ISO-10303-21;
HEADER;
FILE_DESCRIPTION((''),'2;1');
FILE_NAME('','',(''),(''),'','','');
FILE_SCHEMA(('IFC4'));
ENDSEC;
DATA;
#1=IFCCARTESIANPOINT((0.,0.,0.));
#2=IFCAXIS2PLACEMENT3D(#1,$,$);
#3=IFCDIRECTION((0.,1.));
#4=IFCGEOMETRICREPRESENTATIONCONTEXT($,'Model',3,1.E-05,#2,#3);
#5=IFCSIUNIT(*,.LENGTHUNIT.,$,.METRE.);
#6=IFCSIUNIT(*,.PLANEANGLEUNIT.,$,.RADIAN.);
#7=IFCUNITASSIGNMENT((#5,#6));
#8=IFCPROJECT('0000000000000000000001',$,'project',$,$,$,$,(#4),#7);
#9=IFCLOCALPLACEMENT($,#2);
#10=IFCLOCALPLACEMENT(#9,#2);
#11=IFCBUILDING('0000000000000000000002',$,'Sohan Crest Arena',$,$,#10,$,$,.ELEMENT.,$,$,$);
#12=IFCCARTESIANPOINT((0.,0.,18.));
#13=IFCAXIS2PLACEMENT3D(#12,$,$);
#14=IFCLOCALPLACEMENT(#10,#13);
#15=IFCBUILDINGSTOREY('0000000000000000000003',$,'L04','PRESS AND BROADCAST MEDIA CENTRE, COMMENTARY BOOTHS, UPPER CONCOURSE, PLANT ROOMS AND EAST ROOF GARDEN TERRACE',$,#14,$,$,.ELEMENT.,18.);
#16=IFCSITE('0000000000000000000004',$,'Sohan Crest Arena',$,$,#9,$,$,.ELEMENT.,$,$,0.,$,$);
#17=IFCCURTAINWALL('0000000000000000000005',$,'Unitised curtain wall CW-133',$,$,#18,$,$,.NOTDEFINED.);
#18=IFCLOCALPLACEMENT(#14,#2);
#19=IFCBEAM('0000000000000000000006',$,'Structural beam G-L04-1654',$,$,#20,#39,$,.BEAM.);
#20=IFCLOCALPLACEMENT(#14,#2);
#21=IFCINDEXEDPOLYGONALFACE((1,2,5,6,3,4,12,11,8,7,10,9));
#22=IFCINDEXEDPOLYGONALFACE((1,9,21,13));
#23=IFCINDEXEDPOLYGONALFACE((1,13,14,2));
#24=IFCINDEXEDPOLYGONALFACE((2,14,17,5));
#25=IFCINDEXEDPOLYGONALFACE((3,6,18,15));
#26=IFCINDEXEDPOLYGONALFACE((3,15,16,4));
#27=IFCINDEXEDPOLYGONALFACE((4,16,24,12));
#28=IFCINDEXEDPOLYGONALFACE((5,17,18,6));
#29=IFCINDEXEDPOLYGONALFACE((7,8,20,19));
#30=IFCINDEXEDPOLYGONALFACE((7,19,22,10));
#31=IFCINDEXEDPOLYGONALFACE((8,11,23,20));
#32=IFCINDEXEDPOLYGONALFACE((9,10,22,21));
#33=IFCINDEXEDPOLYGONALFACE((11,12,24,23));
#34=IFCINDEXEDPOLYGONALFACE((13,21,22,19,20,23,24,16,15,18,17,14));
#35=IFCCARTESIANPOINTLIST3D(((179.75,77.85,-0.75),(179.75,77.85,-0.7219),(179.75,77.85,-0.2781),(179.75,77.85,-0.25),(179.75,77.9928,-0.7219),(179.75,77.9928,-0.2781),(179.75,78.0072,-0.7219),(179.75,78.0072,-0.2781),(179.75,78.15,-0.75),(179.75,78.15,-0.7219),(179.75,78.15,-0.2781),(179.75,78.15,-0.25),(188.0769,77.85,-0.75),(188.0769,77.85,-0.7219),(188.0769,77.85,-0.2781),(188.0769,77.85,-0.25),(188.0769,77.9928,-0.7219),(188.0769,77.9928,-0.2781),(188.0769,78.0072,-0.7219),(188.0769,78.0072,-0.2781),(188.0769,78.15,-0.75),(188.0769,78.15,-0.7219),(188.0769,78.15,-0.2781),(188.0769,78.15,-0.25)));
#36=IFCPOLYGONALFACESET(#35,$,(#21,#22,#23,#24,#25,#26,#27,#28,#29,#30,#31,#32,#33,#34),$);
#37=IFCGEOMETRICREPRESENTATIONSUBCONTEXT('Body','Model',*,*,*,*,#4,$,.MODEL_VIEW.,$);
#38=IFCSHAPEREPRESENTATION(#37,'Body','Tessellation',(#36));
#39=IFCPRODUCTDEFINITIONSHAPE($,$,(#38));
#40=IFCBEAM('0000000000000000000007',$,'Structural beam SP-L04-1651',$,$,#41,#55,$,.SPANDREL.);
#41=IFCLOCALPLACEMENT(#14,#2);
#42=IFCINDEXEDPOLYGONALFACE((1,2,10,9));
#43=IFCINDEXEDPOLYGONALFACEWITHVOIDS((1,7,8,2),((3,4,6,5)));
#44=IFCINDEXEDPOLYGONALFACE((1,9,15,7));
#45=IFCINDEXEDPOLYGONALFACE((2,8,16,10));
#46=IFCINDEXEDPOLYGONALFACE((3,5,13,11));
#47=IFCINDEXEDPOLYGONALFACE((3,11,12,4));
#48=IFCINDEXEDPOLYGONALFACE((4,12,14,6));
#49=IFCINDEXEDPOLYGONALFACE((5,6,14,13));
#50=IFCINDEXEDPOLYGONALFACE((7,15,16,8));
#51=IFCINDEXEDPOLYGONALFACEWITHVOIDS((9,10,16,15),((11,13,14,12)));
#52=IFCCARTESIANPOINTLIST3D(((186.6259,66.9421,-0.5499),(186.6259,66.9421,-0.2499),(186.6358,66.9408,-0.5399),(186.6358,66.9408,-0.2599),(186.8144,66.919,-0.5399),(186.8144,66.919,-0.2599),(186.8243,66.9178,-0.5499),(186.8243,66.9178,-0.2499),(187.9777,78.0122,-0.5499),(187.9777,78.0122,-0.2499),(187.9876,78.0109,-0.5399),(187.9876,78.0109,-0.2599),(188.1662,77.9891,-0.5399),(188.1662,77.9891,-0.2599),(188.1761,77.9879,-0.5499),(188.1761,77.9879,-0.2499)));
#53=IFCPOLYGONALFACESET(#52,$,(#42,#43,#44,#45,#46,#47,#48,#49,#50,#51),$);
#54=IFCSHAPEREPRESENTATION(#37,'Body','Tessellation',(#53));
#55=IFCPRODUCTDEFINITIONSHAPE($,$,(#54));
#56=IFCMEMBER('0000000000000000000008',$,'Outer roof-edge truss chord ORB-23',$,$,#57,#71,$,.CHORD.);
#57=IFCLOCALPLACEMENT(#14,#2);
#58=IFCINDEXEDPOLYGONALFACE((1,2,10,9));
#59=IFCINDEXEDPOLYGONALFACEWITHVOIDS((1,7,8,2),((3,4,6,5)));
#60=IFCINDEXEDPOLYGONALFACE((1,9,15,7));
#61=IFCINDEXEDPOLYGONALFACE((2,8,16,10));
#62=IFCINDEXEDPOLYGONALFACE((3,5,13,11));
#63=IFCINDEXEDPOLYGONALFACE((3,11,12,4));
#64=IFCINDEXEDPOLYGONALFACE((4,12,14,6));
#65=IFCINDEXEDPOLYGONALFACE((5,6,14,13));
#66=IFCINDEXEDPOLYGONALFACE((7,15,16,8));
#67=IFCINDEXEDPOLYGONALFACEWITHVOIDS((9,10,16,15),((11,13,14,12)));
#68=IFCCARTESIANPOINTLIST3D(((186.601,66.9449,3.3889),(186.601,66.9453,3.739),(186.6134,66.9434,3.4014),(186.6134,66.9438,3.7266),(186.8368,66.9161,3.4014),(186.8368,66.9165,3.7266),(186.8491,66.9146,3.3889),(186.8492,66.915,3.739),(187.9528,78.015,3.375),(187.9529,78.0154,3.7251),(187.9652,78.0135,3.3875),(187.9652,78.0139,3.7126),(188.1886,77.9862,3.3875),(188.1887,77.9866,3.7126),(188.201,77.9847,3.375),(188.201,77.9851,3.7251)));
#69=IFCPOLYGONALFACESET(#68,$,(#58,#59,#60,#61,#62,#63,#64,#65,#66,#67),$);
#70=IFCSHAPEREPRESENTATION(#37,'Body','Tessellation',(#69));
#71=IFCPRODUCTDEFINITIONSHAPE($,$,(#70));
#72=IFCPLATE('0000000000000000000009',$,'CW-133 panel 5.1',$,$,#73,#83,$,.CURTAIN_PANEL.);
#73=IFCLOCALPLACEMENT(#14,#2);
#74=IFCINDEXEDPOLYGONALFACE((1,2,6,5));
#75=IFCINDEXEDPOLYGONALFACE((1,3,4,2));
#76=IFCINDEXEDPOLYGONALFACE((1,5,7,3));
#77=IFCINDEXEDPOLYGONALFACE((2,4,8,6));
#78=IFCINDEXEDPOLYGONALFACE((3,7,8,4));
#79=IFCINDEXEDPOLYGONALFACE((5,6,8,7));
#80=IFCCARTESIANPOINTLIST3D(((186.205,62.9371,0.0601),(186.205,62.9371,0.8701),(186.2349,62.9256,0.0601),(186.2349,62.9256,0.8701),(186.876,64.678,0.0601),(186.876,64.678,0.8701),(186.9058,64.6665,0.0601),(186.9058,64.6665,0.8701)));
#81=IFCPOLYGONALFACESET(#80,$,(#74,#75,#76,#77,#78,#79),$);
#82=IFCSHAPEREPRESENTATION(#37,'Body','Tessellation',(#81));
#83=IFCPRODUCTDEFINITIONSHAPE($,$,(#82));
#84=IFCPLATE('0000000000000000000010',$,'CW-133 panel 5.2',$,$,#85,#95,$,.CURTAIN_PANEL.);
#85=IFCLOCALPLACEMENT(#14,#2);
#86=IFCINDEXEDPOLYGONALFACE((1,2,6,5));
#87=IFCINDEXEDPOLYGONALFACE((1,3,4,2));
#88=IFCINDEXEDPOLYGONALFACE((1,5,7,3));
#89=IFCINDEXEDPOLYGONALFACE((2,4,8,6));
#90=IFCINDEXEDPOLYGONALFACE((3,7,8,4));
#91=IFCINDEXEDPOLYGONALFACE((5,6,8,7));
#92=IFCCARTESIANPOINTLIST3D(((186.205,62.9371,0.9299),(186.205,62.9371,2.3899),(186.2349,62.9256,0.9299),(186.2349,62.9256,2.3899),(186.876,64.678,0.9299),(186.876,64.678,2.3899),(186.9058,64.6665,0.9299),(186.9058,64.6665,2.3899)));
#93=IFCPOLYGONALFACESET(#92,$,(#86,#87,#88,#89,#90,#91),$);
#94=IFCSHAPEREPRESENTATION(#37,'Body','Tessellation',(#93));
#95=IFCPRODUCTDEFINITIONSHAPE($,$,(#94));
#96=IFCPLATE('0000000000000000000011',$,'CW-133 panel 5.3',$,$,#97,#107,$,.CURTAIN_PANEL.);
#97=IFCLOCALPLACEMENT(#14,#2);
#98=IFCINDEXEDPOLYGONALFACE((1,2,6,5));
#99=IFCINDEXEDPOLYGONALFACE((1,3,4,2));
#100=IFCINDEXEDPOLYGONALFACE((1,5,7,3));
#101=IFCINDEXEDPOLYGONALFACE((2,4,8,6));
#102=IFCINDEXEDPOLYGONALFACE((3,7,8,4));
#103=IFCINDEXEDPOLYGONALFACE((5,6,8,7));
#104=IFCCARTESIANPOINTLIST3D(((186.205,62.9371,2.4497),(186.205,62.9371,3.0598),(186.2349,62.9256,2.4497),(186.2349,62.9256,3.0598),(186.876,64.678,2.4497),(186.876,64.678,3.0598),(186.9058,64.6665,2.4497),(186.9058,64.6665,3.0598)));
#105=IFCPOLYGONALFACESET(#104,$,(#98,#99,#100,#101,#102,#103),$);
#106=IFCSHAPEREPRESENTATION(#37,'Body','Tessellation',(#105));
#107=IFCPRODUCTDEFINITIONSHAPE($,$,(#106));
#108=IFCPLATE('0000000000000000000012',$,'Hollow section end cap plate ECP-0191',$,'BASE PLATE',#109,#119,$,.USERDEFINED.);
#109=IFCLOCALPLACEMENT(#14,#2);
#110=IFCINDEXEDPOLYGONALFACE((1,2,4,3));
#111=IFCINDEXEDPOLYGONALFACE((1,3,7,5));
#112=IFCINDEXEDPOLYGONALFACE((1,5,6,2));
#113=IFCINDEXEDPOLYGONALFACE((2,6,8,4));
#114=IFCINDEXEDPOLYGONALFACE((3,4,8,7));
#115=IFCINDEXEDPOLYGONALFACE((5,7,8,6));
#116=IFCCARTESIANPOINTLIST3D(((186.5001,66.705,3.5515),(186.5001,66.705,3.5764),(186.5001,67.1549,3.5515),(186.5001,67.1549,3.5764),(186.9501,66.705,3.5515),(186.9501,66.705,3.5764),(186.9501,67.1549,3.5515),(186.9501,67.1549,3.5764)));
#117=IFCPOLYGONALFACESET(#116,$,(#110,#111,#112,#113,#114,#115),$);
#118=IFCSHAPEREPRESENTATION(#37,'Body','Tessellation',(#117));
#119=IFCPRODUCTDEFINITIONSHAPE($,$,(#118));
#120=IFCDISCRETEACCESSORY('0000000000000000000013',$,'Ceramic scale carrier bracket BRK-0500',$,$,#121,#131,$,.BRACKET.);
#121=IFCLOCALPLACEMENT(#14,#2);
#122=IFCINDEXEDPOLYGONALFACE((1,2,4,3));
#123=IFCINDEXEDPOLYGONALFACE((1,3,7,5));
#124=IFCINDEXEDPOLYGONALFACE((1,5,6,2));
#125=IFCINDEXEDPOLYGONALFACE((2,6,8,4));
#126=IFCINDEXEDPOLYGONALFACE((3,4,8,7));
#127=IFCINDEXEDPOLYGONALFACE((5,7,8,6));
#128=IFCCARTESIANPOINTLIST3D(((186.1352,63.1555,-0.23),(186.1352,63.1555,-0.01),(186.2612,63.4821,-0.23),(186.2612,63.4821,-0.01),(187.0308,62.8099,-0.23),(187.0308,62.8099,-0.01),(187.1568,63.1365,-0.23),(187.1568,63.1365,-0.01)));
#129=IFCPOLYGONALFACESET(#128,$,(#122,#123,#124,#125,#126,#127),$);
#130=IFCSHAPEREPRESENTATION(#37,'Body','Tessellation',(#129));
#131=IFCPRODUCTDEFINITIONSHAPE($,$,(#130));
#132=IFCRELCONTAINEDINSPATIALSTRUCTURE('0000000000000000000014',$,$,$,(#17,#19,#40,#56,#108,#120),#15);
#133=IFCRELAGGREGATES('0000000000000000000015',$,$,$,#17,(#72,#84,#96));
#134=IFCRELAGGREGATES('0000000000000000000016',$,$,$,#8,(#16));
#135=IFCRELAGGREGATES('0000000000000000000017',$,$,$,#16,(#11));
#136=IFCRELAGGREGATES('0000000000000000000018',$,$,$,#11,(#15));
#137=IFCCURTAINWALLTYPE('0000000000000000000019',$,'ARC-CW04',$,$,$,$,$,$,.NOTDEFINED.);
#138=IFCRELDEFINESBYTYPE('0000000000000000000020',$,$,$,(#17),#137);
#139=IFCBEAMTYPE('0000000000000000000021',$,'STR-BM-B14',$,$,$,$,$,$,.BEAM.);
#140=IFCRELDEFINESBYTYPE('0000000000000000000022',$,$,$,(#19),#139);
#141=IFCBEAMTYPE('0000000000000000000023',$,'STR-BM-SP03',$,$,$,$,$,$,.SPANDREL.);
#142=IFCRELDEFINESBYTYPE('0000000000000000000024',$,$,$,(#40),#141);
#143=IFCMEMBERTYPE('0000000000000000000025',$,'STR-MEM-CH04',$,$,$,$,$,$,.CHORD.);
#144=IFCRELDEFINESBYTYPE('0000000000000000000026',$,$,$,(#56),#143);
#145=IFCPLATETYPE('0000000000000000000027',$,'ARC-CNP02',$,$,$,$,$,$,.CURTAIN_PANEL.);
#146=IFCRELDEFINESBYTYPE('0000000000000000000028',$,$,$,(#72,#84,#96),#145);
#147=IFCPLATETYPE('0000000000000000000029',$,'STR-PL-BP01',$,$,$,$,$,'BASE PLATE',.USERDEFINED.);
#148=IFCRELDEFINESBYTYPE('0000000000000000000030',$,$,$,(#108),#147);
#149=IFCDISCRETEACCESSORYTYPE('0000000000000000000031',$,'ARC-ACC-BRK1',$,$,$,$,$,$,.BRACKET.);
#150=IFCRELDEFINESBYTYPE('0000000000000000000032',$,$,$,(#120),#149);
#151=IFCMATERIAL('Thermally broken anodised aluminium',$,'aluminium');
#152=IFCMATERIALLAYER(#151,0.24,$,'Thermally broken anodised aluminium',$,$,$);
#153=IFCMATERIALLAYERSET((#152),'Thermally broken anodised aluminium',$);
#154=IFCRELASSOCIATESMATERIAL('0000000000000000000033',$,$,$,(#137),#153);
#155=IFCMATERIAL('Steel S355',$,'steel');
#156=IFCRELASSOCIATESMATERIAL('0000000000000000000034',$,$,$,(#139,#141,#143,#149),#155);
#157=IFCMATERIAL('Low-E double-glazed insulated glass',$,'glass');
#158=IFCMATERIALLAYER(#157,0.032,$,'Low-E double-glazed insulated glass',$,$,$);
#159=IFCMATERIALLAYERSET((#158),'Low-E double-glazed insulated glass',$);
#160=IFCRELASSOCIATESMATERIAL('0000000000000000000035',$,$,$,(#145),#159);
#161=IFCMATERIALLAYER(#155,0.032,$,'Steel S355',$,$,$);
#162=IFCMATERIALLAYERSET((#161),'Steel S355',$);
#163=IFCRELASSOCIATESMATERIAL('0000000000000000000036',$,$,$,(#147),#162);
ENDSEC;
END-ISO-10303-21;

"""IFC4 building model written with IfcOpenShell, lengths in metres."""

from ifc_helpers import new_model, si_unit, direction, frame, origin, origin_2d, place, context, subcontext, project, spatial, rectangle, hollow_rectangle, i_section, extrude, material, layer, layer_set, material_profile, profile_set, type_object, element, aggregate, save


model = new_model("IFC4")

# Units and contexts
model_context = context("Model", 3, precision=1e-05, world=origin(), true_north=direction((0.0, 1.0)))
body_context = subcontext(model_context, "Body", "Model", "MODEL_VIEW")
ifc_project = project(units=[si_unit("LENGTHUNIT", "METRE"), si_unit("PLANEANGLEUNIT", "RADIAN")], contexts=[model_context])

# Site, building, storey
site_placement = place(None, origin())
site = spatial("IfcSite", under=ifc_project, at=site_placement, Name="Sohan Crest Arena", CompositionType="ELEMENT", RefElevation=0.0)
building_placement = place(site_placement, origin())
building = spatial("IfcBuilding", under=site, at=building_placement, Name="Sohan Crest Arena", CompositionType="ELEMENT")
storey_placement = place(building_placement, frame((0.0, 0.0, 18.0)))
storey = spatial("IfcBuildingStorey", under=building, at=storey_placement, Name="L04", Description="PRESS AND BROADCAST MEDIA CENTRE, COMMENTARY BOOTHS, UPPER CONCOURSE, PLANT ROOMS AND EAST ROOF GARDEN TERRACE", CompositionType="ELEMENT", Elevation=18.0)

# Shared definitions
ifc_material_1 = material(Name="Steel S355", Category="steel")

# Curtain wall
ifc_material_2 = material(Name="Thermally broken anodised aluminium", Category="aluminium")
ifc_layer_1 = layer(ifc_material_2, 0.24, Name="Thermally broken anodised aluminium")
ifc_layer_set_1 = layer_set([ifc_layer_1], Name="Thermally broken anodised aluminium")
curtain_wall_type = type_object("IfcCurtainWallType", Name="ARC-CW04", PredefinedType="NOTDEFINED", material=ifc_layer_set_1)
curtain_wall_placement = place(storey_placement, origin())
curtain_wall = element("IfcCurtainWall", 1, at=curtain_wall_placement, inside=storey, type_object=curtain_wall_type, Name="Unitised curtain wall CW-133", PredefinedType="NOTDEFINED")

# Beams
ifc_material_profile_1 = material_profile(ifc_material_1, i_section(OverallWidth=0.3, OverallDepth=0.5, WebThickness=0.0144, FlangeThickness=0.0281, at=origin_2d()), Name="HEB 500")
ifc_profile_set_1 = profile_set([ifc_material_profile_1], Name="Steel S355")
beam_type_1 = type_object("IfcBeamType", Name="STR-BM-B14", PredefinedType="BEAM", material=ifc_profile_set_1)
beam_1_placement = place(storey_placement, frame((179.75, 78.0, -0.5), z_axis=(1.0, 0.0, 0.0), x_axis=(0.0, 1.0, 0.0)))
element("IfcBeam", 2, at=beam_1_placement, inside=storey, type_object=beam_type_1, Name="Structural beam G-L04-1654", PredefinedType="BEAM", context=body_context, shape_type="SweptSolid", body=[
    extrude(i_section(OverallWidth=0.3, OverallDepth=0.5, WebThickness=0.0144, FlangeThickness=0.0281, at=origin_2d()), origin(), (0.0, 0.0, 1.0), 8.3269),
])
ifc_material_profile_2 = material_profile(ifc_material_1, hollow_rectangle(XDim=0.2, YDim=0.3, WallThickness=0.01, at=origin_2d()), Name="RHS 300x200x10")
ifc_profile_set_2 = profile_set([ifc_material_profile_2], Name="Steel S355")
beam_type_2 = type_object("IfcBeamType", Name="STR-BM-SP03", PredefinedType="SPANDREL", material=ifc_profile_set_2)
beam_2_placement = place(storey_placement, frame((186.7251, 66.9299, -0.3999), z_axis=(0.121213, 0.992626, 0.0), x_axis=(-0.992626, 0.121213, 0.0)))
element("IfcBeam", 3, at=beam_2_placement, inside=storey, type_object=beam_type_2, Name="Structural beam SP-L04-1651", PredefinedType="SPANDREL", context=body_context, shape_type="SweptSolid", body=[
    extrude(hollow_rectangle(XDim=0.2, YDim=0.3, WallThickness=0.01, at=origin_2d()), origin(), (0.0, 0.0, 1.0), 11.1523),
])

# Member
ifc_material_profile_3 = material_profile(ifc_material_1, hollow_rectangle(XDim=0.25, YDim=0.3501, WallThickness=0.0125, at=origin_2d()), Name="RHS 350x250x12.5")
ifc_profile_set_3 = profile_set([ifc_material_profile_3], Name="Steel S355")
member_type_1 = type_object("IfcMemberType", Name="STR-MEM-CH04", PredefinedType="CHORD", material=ifc_profile_set_3)
member_1_placement = place(storey_placement, frame((186.7251, 66.9299, 3.564), z_axis=(0.121213, 0.992626, -0.001248), x_axis=(-0.992626, 0.121213, 0.0)))
element("IfcMember", 4, at=member_1_placement, inside=storey, type_object=member_type_1, Name="Outer roof-edge truss chord ORB-23", PredefinedType="CHORD", context=body_context, shape_type="SweptSolid", body=[
    extrude(hollow_rectangle(XDim=0.25, YDim=0.3501, WallThickness=0.0125, at=origin_2d()), origin(), (0.0, 0.0, 1.0), 11.1523),
])

# Plates
ifc_material_3 = material(Name="Low-E double-glazed insulated glass", Category="glass")
ifc_layer_2 = layer(ifc_material_3, 0.032, Name="Low-E double-glazed insulated glass")
ifc_layer_set_2 = layer_set([ifc_layer_2], Name="Low-E double-glazed insulated glass")
plate_type_1 = type_object("IfcPlateType", Name="ARC-CNP02", PredefinedType="CURTAIN_PANEL", material=ifc_layer_set_2)
plate_1_placement = place(storey_placement, frame((186.5554, 63.8018, 0.0601), z_axis=(0.0, 0.0, 1.0), x_axis=(0.359633, 0.933094, 0.0)))
plate_1 = element("IfcPlate", 5, at=plate_1_placement, type_object=plate_type_1, Name="CW-133 panel 5.1", PredefinedType="CURTAIN_PANEL", context=body_context, shape_type="SweptSolid", body=[
    extrude(rectangle(XDim=1.8657, YDim=0.032, at=origin_2d()), origin(), (0.0, 0.0, 1.0), 0.8101),
])
plate_2_placement = place(storey_placement, frame((186.5554, 63.8018, 0.9299), z_axis=(0.0, 0.0, 1.0), x_axis=(0.359633, 0.933094, 0.0)))
plate_2 = element("IfcPlate", 6, at=plate_2_placement, type_object=plate_type_1, Name="CW-133 panel 5.2", PredefinedType="CURTAIN_PANEL", context=body_context, shape_type="SweptSolid", body=[
    extrude(rectangle(XDim=1.8657, YDim=0.032, at=origin_2d()), origin(), (0.0, 0.0, 1.0), 1.46),
])
plate_3_placement = place(storey_placement, frame((186.5554, 63.8018, 2.4497), z_axis=(0.0, 0.0, 1.0), x_axis=(0.359633, 0.933094, 0.0)))
plate_3 = element("IfcPlate", 7, at=plate_3_placement, type_object=plate_type_1, Name="CW-133 panel 5.3", PredefinedType="CURTAIN_PANEL", context=body_context, shape_type="SweptSolid", body=[
    extrude(rectangle(XDim=1.8657, YDim=0.032, at=origin_2d()), origin(), (0.0, 0.0, 1.0), 0.6101),
])
aggregate(curtain_wall, [plate_1, plate_2, plate_3])
ifc_layer_3 = layer(ifc_material_1, 0.032, Name="Steel S355")
ifc_layer_set_3 = layer_set([ifc_layer_3], Name="Steel S355")
plate_type_2 = type_object("IfcPlateType", Name="STR-PL-BP01", ElementType="BASE PLATE", PredefinedType="USERDEFINED", material=ifc_layer_set_3)
plate_4_placement = place(storey_placement, frame((186.7251, 66.9299, 3.5515), z_axis=(0.0, 0.0, 1.0), x_axis=(1.0, 0.0, 0.0)))
element("IfcPlate", 8, at=plate_4_placement, inside=storey, type_object=plate_type_2, Name="Hollow section end cap plate ECP-0191", ObjectType="BASE PLATE", PredefinedType="USERDEFINED", context=body_context, shape_type="SweptSolid", body=[
    extrude(rectangle(XDim=0.45, YDim=0.45, at=origin_2d()), origin(), (0.0, 0.0, 1.0), 0.0249),
])

# Discrete accessory
discrete_accessory_type = type_object("IfcDiscreteAccessoryType", Name="ARC-ACC-BRK1", PredefinedType="BRACKET", material=ifc_material_1)
discrete_accessory_placement = place(storey_placement, frame((186.646, 63.146, -0.23), z_axis=(0.0, 0.0, 1.0), x_axis=(0.359997, 0.932954, 0.0)))
element("IfcDiscreteAccessory", 9, at=discrete_accessory_placement, inside=storey, type_object=discrete_accessory_type, Name="Ceramic scale carrier bracket BRK-0500", PredefinedType="BRACKET", context=body_context, shape_type="SweptSolid", body=[
    extrude(rectangle(XDim=0.3501, YDim=0.96, at=origin_2d()), origin(), (0.0, 0.0, 1.0), 0.22),
])

save(model, "model.ifc")
